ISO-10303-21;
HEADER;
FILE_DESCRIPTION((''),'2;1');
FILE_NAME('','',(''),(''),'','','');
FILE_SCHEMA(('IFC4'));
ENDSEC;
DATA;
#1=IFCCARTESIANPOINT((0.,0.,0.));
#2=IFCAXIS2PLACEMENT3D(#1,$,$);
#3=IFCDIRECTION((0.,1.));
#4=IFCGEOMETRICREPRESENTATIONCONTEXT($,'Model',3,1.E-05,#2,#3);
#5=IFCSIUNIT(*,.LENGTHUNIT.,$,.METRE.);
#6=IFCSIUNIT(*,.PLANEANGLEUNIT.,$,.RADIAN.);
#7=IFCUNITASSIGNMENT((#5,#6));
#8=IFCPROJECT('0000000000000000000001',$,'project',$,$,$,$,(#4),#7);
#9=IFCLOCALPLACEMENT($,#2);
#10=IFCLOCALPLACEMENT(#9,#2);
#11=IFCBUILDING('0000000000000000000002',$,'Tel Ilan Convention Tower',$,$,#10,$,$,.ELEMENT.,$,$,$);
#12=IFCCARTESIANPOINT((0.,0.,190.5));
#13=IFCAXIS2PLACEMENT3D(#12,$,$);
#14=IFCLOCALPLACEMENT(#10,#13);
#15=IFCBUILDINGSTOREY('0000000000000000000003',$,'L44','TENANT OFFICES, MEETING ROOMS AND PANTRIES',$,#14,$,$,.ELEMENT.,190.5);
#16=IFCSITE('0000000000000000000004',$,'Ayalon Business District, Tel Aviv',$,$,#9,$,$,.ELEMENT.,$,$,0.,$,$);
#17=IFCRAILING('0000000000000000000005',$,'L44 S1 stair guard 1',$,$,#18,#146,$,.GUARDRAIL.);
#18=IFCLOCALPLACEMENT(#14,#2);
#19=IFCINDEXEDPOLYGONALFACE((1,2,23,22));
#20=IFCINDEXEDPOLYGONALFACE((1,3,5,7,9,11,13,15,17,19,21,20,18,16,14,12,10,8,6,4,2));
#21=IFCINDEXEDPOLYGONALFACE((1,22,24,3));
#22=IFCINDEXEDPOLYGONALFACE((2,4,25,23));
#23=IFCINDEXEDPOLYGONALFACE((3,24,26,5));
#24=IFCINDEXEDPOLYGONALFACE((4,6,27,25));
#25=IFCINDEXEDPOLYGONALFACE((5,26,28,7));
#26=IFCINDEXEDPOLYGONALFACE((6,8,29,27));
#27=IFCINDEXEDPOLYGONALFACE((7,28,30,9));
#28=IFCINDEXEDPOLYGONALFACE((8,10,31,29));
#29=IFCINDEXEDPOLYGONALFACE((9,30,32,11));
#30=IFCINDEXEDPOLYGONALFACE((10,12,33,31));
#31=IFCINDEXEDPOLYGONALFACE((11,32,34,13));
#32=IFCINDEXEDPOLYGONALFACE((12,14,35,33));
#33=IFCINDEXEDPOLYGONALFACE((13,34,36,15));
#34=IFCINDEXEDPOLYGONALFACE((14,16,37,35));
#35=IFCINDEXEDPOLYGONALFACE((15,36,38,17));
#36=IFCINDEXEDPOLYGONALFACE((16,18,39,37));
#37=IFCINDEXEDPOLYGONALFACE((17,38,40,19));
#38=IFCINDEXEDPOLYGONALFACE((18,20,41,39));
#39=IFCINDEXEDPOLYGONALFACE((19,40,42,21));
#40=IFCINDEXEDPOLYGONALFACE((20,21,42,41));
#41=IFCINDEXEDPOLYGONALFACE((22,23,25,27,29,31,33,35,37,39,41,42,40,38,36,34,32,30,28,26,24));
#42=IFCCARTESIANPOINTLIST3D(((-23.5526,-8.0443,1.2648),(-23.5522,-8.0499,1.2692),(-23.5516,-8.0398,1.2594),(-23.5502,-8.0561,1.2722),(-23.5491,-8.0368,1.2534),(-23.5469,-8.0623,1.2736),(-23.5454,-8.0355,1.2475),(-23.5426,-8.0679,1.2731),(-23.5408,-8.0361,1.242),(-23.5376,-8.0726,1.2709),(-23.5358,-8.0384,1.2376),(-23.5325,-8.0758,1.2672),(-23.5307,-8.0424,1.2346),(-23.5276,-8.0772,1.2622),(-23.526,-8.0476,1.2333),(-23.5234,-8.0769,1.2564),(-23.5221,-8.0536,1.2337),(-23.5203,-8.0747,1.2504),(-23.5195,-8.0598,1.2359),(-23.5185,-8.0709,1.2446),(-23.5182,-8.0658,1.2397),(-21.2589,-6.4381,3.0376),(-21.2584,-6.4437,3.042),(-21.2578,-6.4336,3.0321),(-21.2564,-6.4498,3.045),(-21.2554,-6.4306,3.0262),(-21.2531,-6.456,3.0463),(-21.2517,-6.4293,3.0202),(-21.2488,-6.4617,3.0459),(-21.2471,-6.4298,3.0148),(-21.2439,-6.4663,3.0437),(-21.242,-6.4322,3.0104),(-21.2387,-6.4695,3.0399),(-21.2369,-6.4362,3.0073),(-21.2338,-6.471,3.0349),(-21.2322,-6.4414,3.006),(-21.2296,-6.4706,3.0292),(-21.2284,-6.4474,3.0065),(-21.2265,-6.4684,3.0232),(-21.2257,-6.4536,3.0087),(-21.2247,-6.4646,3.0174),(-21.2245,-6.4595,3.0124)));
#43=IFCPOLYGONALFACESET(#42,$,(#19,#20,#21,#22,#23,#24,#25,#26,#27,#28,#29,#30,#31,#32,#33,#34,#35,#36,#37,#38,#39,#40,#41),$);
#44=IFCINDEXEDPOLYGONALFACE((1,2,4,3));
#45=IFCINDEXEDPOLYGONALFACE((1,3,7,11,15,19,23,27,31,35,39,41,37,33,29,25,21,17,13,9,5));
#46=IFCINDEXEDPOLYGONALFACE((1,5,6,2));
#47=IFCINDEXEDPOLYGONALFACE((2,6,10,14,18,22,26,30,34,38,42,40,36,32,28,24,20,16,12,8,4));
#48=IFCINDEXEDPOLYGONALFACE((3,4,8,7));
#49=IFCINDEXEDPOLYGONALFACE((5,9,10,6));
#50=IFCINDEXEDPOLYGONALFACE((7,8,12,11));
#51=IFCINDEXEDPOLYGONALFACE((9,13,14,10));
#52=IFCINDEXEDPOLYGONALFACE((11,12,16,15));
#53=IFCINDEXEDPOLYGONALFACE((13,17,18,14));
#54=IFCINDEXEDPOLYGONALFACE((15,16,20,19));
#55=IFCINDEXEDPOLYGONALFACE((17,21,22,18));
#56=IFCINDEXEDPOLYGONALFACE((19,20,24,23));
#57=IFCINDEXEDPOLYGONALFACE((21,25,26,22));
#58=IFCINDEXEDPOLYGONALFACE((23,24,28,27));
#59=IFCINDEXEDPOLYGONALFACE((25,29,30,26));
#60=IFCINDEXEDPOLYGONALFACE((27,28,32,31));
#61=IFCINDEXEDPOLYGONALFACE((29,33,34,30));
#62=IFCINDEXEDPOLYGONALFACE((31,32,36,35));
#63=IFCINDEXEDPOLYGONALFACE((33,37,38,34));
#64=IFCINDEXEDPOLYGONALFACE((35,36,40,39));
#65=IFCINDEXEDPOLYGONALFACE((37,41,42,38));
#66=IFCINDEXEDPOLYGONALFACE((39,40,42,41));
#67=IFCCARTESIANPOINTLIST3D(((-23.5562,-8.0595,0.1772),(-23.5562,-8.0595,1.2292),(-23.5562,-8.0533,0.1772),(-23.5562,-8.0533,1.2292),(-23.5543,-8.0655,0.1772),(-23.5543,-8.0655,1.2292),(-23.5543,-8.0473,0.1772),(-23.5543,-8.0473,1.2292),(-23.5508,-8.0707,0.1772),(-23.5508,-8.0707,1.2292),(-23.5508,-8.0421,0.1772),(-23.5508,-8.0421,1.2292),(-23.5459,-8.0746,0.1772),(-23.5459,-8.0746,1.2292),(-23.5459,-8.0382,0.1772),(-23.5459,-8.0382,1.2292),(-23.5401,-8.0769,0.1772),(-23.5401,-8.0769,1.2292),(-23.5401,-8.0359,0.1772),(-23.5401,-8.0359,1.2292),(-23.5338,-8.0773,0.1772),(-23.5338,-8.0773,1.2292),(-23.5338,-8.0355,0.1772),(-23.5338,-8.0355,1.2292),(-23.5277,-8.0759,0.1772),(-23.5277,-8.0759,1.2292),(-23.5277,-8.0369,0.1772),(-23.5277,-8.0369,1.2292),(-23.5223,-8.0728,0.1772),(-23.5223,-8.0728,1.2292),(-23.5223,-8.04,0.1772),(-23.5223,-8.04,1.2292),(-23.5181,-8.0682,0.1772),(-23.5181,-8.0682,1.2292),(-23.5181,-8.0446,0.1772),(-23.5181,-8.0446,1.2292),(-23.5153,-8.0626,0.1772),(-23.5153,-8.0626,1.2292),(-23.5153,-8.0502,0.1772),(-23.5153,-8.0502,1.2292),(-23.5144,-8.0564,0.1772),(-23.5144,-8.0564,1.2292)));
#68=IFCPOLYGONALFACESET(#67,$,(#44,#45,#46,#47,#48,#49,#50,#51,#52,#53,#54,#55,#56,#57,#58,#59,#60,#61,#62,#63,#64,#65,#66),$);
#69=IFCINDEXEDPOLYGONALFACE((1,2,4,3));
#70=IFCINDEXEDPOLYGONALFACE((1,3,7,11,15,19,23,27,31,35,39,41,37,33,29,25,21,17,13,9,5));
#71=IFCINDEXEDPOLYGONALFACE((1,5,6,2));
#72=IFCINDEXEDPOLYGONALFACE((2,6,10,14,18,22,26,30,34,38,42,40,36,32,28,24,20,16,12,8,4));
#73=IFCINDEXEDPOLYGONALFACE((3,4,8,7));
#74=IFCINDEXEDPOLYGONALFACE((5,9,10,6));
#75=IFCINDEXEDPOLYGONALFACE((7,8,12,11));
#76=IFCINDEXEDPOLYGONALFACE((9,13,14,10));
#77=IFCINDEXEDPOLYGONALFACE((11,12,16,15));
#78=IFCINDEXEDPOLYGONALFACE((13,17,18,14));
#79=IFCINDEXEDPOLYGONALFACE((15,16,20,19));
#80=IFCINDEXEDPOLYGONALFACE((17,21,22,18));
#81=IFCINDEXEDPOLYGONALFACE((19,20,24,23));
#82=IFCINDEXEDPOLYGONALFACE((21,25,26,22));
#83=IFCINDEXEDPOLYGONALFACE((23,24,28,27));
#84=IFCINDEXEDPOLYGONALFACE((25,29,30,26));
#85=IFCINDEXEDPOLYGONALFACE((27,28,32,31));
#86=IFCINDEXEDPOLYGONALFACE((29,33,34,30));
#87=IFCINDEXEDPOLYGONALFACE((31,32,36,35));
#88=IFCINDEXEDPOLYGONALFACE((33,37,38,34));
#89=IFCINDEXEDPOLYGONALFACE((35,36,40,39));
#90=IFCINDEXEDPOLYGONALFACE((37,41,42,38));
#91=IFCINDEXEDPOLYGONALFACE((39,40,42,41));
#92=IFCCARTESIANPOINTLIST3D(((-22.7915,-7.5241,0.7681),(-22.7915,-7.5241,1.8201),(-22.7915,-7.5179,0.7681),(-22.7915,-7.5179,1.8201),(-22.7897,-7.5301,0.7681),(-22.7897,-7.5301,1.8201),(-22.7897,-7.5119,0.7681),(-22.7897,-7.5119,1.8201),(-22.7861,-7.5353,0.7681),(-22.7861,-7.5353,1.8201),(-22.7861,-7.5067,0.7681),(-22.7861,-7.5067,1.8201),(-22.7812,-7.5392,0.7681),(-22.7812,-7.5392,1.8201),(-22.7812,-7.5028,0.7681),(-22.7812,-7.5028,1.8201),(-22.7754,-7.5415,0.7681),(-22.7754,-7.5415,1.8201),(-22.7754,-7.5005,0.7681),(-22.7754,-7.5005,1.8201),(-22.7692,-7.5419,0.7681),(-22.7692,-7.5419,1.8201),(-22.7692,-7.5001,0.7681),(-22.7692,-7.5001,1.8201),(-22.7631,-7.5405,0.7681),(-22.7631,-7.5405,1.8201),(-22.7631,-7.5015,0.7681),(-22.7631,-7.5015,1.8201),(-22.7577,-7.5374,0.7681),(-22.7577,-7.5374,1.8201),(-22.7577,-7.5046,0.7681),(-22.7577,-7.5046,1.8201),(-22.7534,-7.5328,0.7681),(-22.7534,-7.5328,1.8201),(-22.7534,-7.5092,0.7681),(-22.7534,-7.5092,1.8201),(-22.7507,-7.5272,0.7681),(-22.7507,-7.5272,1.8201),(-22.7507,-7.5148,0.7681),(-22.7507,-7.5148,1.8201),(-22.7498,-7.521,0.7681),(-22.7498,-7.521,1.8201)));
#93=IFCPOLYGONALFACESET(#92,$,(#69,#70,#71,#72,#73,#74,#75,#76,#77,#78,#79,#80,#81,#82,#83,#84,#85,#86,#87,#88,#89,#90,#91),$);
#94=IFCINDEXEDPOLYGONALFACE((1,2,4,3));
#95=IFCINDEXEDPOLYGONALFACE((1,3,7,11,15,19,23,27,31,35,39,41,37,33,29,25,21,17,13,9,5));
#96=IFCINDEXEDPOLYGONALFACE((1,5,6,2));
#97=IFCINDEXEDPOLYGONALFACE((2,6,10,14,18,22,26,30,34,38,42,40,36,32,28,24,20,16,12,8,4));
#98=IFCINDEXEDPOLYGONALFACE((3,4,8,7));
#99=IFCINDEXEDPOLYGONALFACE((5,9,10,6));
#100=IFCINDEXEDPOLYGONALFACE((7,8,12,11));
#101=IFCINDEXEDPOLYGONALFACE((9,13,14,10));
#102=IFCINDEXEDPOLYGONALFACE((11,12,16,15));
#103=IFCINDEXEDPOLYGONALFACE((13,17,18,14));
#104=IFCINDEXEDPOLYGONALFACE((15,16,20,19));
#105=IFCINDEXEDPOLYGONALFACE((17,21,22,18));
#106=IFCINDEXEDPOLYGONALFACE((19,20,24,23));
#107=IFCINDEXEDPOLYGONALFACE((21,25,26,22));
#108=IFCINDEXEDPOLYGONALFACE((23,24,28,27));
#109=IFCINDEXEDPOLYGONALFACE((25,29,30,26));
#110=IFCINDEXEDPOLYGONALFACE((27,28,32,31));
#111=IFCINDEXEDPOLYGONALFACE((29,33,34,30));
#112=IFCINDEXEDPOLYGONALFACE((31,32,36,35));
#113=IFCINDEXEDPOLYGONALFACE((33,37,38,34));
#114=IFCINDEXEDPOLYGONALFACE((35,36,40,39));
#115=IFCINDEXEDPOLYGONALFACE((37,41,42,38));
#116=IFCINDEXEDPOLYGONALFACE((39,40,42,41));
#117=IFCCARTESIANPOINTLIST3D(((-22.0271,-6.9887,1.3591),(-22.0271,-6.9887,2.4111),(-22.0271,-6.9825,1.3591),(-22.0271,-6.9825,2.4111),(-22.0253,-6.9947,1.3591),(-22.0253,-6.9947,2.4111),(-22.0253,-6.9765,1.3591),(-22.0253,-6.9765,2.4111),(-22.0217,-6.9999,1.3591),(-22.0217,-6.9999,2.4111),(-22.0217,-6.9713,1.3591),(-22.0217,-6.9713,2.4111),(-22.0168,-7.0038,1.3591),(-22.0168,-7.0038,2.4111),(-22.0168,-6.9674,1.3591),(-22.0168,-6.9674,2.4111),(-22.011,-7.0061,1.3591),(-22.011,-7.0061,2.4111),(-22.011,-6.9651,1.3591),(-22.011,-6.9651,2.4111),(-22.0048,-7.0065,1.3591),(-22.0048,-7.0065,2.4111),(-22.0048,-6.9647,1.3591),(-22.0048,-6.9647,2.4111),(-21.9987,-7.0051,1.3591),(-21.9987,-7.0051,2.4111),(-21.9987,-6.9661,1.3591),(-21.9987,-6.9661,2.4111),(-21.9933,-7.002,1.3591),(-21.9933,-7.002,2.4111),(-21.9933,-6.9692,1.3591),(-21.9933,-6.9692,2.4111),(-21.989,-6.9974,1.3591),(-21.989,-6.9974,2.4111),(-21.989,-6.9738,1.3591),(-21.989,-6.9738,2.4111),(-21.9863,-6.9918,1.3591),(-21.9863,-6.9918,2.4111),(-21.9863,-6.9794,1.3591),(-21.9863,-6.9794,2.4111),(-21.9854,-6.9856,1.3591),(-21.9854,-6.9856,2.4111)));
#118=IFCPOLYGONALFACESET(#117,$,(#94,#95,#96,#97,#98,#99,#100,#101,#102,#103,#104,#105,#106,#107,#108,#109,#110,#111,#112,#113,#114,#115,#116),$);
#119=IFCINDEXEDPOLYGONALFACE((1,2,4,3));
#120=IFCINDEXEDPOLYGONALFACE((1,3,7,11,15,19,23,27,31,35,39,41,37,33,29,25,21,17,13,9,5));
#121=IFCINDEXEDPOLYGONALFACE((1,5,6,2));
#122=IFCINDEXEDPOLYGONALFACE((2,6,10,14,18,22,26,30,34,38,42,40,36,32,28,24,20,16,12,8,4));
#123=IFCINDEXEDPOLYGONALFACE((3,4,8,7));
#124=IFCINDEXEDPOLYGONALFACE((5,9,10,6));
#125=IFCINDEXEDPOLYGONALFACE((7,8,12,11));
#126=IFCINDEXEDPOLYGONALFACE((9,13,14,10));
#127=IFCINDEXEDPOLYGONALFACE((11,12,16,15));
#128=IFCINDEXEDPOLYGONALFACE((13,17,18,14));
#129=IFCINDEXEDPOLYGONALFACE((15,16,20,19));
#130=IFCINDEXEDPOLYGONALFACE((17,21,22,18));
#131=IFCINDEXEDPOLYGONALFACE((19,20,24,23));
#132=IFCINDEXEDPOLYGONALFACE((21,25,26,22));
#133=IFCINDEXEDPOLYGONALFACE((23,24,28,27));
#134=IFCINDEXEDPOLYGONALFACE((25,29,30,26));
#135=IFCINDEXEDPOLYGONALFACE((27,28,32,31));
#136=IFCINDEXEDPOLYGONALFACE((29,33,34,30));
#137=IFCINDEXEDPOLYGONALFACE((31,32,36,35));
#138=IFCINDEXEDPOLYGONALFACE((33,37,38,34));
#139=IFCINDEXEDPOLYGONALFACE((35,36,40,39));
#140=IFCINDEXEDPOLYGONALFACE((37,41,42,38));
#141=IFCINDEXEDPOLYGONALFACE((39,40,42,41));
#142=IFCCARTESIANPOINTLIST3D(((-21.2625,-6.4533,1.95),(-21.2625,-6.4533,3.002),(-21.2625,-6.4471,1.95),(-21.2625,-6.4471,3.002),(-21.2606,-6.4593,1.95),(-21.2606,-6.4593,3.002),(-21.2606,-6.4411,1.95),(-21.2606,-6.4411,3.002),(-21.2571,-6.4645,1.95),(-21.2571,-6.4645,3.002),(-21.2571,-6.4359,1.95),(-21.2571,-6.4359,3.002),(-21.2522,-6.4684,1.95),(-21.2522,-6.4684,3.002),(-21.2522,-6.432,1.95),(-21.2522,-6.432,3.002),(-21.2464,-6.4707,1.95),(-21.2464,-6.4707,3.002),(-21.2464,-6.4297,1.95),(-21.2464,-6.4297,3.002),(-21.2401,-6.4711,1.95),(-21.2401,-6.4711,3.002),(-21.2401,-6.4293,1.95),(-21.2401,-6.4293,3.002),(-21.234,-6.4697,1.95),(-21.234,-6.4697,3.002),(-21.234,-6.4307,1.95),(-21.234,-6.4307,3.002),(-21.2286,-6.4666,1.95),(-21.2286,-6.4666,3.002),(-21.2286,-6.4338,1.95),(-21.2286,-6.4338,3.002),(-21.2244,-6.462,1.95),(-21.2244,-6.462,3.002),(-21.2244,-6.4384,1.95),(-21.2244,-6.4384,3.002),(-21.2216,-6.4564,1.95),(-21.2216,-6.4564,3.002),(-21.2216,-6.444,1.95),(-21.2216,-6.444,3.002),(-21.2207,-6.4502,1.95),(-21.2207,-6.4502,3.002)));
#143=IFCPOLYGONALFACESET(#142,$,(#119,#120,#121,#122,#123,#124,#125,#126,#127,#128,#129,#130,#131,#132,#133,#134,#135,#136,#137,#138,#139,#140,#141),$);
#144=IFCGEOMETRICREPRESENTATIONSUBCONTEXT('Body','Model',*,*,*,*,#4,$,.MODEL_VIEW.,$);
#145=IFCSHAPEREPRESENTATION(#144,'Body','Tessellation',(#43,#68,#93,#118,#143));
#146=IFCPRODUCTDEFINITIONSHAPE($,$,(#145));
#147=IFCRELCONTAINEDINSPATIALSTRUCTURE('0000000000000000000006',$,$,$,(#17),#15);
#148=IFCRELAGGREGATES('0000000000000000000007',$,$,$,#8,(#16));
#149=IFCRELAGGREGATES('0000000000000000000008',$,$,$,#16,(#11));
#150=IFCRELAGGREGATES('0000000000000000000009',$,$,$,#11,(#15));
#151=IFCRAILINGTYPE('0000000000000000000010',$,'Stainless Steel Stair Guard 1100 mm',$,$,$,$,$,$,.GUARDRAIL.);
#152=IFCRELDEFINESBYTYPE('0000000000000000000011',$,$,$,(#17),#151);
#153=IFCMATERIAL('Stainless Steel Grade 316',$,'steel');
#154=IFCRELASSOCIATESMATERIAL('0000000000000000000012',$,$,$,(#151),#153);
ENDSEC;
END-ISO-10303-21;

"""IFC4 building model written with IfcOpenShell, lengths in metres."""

from ifc_helpers import new_model, si_unit, direction, frame, origin, origin_2d, place, context, subcontext, project, spatial, circle, extrude, material, type_object, element, save


model = new_model("IFC4")

# Units and contexts
model_context = context("Model", 3, precision=1e-05, world=origin(), true_north=direction((0.0, 1.0)))
body_context = subcontext(model_context, "Body", "Model", "MODEL_VIEW")
ifc_project = project(units=[si_unit("LENGTHUNIT", "METRE"), si_unit("PLANEANGLEUNIT", "RADIAN")], contexts=[model_context])

# Site, building, storey
site_placement = place(None, origin())
site = spatial("IfcSite", under=ifc_project, at=site_placement, Name="Ayalon Business District, Tel Aviv", CompositionType="ELEMENT", RefElevation=0.0)
building_placement = place(site_placement, origin())
building = spatial("IfcBuilding", under=site, at=building_placement, Name="Tel Ilan Convention Tower", CompositionType="ELEMENT")
storey_placement = place(building_placement, frame((0.0, 0.0, 190.5)))
storey = spatial("IfcBuildingStorey", under=building, at=storey_placement, Name="L44", Description="TENANT OFFICES, MEETING ROOMS AND PANTRIES", CompositionType="ELEMENT", Elevation=190.5)

# Railing
ifc_material_1 = material(Name="Stainless Steel Grade 316", Category="steel")
railing_type_1 = type_object("IfcRailingType", Name="Stainless Steel Stair Guard 1100 mm", PredefinedType="GUARDRAIL", material=ifc_material_1)
railing_1_placement = place(storey_placement, frame((-23.5354, -8.0564, 0.1772)))
element("IfcRailing", 1, at=railing_1_placement, inside=storey, type_object=railing_type_1, Name="L44 S1 stair guard 1", PredefinedType="GUARDRAIL", context=body_context, shape_type="SweptSolid", body=[
    extrude(circle(Radius=0.0239, at=origin_2d()), frame((0.0, 0.0, 1.0762), z_axis=(0.692098, 0.484653, 0.534894), x_axis=(-0.573609, 0.81913, 0.0)), (0.0, 0.0, 1.0), 3.3142),
    extrude(circle(Radius=0.021, at=origin_2d()), origin(), (0.0, 0.0, 1.0), 1.052),
    extrude(circle(Radius=0.021, at=origin_2d()), frame((0.7646, 0.5354, 0.5908)), (0.0, 0.0, 1.0), 1.052),
    extrude(circle(Radius=0.021, at=origin_2d()), frame((1.5291, 1.0708, 1.1819)), (0.0, 0.0, 1.0), 1.052),
    extrude(circle(Radius=0.021, at=origin_2d()), frame((2.2937, 1.6062, 1.7727)), (0.0, 0.0, 1.0), 1.052),
])

save(model, "model.ifc")
